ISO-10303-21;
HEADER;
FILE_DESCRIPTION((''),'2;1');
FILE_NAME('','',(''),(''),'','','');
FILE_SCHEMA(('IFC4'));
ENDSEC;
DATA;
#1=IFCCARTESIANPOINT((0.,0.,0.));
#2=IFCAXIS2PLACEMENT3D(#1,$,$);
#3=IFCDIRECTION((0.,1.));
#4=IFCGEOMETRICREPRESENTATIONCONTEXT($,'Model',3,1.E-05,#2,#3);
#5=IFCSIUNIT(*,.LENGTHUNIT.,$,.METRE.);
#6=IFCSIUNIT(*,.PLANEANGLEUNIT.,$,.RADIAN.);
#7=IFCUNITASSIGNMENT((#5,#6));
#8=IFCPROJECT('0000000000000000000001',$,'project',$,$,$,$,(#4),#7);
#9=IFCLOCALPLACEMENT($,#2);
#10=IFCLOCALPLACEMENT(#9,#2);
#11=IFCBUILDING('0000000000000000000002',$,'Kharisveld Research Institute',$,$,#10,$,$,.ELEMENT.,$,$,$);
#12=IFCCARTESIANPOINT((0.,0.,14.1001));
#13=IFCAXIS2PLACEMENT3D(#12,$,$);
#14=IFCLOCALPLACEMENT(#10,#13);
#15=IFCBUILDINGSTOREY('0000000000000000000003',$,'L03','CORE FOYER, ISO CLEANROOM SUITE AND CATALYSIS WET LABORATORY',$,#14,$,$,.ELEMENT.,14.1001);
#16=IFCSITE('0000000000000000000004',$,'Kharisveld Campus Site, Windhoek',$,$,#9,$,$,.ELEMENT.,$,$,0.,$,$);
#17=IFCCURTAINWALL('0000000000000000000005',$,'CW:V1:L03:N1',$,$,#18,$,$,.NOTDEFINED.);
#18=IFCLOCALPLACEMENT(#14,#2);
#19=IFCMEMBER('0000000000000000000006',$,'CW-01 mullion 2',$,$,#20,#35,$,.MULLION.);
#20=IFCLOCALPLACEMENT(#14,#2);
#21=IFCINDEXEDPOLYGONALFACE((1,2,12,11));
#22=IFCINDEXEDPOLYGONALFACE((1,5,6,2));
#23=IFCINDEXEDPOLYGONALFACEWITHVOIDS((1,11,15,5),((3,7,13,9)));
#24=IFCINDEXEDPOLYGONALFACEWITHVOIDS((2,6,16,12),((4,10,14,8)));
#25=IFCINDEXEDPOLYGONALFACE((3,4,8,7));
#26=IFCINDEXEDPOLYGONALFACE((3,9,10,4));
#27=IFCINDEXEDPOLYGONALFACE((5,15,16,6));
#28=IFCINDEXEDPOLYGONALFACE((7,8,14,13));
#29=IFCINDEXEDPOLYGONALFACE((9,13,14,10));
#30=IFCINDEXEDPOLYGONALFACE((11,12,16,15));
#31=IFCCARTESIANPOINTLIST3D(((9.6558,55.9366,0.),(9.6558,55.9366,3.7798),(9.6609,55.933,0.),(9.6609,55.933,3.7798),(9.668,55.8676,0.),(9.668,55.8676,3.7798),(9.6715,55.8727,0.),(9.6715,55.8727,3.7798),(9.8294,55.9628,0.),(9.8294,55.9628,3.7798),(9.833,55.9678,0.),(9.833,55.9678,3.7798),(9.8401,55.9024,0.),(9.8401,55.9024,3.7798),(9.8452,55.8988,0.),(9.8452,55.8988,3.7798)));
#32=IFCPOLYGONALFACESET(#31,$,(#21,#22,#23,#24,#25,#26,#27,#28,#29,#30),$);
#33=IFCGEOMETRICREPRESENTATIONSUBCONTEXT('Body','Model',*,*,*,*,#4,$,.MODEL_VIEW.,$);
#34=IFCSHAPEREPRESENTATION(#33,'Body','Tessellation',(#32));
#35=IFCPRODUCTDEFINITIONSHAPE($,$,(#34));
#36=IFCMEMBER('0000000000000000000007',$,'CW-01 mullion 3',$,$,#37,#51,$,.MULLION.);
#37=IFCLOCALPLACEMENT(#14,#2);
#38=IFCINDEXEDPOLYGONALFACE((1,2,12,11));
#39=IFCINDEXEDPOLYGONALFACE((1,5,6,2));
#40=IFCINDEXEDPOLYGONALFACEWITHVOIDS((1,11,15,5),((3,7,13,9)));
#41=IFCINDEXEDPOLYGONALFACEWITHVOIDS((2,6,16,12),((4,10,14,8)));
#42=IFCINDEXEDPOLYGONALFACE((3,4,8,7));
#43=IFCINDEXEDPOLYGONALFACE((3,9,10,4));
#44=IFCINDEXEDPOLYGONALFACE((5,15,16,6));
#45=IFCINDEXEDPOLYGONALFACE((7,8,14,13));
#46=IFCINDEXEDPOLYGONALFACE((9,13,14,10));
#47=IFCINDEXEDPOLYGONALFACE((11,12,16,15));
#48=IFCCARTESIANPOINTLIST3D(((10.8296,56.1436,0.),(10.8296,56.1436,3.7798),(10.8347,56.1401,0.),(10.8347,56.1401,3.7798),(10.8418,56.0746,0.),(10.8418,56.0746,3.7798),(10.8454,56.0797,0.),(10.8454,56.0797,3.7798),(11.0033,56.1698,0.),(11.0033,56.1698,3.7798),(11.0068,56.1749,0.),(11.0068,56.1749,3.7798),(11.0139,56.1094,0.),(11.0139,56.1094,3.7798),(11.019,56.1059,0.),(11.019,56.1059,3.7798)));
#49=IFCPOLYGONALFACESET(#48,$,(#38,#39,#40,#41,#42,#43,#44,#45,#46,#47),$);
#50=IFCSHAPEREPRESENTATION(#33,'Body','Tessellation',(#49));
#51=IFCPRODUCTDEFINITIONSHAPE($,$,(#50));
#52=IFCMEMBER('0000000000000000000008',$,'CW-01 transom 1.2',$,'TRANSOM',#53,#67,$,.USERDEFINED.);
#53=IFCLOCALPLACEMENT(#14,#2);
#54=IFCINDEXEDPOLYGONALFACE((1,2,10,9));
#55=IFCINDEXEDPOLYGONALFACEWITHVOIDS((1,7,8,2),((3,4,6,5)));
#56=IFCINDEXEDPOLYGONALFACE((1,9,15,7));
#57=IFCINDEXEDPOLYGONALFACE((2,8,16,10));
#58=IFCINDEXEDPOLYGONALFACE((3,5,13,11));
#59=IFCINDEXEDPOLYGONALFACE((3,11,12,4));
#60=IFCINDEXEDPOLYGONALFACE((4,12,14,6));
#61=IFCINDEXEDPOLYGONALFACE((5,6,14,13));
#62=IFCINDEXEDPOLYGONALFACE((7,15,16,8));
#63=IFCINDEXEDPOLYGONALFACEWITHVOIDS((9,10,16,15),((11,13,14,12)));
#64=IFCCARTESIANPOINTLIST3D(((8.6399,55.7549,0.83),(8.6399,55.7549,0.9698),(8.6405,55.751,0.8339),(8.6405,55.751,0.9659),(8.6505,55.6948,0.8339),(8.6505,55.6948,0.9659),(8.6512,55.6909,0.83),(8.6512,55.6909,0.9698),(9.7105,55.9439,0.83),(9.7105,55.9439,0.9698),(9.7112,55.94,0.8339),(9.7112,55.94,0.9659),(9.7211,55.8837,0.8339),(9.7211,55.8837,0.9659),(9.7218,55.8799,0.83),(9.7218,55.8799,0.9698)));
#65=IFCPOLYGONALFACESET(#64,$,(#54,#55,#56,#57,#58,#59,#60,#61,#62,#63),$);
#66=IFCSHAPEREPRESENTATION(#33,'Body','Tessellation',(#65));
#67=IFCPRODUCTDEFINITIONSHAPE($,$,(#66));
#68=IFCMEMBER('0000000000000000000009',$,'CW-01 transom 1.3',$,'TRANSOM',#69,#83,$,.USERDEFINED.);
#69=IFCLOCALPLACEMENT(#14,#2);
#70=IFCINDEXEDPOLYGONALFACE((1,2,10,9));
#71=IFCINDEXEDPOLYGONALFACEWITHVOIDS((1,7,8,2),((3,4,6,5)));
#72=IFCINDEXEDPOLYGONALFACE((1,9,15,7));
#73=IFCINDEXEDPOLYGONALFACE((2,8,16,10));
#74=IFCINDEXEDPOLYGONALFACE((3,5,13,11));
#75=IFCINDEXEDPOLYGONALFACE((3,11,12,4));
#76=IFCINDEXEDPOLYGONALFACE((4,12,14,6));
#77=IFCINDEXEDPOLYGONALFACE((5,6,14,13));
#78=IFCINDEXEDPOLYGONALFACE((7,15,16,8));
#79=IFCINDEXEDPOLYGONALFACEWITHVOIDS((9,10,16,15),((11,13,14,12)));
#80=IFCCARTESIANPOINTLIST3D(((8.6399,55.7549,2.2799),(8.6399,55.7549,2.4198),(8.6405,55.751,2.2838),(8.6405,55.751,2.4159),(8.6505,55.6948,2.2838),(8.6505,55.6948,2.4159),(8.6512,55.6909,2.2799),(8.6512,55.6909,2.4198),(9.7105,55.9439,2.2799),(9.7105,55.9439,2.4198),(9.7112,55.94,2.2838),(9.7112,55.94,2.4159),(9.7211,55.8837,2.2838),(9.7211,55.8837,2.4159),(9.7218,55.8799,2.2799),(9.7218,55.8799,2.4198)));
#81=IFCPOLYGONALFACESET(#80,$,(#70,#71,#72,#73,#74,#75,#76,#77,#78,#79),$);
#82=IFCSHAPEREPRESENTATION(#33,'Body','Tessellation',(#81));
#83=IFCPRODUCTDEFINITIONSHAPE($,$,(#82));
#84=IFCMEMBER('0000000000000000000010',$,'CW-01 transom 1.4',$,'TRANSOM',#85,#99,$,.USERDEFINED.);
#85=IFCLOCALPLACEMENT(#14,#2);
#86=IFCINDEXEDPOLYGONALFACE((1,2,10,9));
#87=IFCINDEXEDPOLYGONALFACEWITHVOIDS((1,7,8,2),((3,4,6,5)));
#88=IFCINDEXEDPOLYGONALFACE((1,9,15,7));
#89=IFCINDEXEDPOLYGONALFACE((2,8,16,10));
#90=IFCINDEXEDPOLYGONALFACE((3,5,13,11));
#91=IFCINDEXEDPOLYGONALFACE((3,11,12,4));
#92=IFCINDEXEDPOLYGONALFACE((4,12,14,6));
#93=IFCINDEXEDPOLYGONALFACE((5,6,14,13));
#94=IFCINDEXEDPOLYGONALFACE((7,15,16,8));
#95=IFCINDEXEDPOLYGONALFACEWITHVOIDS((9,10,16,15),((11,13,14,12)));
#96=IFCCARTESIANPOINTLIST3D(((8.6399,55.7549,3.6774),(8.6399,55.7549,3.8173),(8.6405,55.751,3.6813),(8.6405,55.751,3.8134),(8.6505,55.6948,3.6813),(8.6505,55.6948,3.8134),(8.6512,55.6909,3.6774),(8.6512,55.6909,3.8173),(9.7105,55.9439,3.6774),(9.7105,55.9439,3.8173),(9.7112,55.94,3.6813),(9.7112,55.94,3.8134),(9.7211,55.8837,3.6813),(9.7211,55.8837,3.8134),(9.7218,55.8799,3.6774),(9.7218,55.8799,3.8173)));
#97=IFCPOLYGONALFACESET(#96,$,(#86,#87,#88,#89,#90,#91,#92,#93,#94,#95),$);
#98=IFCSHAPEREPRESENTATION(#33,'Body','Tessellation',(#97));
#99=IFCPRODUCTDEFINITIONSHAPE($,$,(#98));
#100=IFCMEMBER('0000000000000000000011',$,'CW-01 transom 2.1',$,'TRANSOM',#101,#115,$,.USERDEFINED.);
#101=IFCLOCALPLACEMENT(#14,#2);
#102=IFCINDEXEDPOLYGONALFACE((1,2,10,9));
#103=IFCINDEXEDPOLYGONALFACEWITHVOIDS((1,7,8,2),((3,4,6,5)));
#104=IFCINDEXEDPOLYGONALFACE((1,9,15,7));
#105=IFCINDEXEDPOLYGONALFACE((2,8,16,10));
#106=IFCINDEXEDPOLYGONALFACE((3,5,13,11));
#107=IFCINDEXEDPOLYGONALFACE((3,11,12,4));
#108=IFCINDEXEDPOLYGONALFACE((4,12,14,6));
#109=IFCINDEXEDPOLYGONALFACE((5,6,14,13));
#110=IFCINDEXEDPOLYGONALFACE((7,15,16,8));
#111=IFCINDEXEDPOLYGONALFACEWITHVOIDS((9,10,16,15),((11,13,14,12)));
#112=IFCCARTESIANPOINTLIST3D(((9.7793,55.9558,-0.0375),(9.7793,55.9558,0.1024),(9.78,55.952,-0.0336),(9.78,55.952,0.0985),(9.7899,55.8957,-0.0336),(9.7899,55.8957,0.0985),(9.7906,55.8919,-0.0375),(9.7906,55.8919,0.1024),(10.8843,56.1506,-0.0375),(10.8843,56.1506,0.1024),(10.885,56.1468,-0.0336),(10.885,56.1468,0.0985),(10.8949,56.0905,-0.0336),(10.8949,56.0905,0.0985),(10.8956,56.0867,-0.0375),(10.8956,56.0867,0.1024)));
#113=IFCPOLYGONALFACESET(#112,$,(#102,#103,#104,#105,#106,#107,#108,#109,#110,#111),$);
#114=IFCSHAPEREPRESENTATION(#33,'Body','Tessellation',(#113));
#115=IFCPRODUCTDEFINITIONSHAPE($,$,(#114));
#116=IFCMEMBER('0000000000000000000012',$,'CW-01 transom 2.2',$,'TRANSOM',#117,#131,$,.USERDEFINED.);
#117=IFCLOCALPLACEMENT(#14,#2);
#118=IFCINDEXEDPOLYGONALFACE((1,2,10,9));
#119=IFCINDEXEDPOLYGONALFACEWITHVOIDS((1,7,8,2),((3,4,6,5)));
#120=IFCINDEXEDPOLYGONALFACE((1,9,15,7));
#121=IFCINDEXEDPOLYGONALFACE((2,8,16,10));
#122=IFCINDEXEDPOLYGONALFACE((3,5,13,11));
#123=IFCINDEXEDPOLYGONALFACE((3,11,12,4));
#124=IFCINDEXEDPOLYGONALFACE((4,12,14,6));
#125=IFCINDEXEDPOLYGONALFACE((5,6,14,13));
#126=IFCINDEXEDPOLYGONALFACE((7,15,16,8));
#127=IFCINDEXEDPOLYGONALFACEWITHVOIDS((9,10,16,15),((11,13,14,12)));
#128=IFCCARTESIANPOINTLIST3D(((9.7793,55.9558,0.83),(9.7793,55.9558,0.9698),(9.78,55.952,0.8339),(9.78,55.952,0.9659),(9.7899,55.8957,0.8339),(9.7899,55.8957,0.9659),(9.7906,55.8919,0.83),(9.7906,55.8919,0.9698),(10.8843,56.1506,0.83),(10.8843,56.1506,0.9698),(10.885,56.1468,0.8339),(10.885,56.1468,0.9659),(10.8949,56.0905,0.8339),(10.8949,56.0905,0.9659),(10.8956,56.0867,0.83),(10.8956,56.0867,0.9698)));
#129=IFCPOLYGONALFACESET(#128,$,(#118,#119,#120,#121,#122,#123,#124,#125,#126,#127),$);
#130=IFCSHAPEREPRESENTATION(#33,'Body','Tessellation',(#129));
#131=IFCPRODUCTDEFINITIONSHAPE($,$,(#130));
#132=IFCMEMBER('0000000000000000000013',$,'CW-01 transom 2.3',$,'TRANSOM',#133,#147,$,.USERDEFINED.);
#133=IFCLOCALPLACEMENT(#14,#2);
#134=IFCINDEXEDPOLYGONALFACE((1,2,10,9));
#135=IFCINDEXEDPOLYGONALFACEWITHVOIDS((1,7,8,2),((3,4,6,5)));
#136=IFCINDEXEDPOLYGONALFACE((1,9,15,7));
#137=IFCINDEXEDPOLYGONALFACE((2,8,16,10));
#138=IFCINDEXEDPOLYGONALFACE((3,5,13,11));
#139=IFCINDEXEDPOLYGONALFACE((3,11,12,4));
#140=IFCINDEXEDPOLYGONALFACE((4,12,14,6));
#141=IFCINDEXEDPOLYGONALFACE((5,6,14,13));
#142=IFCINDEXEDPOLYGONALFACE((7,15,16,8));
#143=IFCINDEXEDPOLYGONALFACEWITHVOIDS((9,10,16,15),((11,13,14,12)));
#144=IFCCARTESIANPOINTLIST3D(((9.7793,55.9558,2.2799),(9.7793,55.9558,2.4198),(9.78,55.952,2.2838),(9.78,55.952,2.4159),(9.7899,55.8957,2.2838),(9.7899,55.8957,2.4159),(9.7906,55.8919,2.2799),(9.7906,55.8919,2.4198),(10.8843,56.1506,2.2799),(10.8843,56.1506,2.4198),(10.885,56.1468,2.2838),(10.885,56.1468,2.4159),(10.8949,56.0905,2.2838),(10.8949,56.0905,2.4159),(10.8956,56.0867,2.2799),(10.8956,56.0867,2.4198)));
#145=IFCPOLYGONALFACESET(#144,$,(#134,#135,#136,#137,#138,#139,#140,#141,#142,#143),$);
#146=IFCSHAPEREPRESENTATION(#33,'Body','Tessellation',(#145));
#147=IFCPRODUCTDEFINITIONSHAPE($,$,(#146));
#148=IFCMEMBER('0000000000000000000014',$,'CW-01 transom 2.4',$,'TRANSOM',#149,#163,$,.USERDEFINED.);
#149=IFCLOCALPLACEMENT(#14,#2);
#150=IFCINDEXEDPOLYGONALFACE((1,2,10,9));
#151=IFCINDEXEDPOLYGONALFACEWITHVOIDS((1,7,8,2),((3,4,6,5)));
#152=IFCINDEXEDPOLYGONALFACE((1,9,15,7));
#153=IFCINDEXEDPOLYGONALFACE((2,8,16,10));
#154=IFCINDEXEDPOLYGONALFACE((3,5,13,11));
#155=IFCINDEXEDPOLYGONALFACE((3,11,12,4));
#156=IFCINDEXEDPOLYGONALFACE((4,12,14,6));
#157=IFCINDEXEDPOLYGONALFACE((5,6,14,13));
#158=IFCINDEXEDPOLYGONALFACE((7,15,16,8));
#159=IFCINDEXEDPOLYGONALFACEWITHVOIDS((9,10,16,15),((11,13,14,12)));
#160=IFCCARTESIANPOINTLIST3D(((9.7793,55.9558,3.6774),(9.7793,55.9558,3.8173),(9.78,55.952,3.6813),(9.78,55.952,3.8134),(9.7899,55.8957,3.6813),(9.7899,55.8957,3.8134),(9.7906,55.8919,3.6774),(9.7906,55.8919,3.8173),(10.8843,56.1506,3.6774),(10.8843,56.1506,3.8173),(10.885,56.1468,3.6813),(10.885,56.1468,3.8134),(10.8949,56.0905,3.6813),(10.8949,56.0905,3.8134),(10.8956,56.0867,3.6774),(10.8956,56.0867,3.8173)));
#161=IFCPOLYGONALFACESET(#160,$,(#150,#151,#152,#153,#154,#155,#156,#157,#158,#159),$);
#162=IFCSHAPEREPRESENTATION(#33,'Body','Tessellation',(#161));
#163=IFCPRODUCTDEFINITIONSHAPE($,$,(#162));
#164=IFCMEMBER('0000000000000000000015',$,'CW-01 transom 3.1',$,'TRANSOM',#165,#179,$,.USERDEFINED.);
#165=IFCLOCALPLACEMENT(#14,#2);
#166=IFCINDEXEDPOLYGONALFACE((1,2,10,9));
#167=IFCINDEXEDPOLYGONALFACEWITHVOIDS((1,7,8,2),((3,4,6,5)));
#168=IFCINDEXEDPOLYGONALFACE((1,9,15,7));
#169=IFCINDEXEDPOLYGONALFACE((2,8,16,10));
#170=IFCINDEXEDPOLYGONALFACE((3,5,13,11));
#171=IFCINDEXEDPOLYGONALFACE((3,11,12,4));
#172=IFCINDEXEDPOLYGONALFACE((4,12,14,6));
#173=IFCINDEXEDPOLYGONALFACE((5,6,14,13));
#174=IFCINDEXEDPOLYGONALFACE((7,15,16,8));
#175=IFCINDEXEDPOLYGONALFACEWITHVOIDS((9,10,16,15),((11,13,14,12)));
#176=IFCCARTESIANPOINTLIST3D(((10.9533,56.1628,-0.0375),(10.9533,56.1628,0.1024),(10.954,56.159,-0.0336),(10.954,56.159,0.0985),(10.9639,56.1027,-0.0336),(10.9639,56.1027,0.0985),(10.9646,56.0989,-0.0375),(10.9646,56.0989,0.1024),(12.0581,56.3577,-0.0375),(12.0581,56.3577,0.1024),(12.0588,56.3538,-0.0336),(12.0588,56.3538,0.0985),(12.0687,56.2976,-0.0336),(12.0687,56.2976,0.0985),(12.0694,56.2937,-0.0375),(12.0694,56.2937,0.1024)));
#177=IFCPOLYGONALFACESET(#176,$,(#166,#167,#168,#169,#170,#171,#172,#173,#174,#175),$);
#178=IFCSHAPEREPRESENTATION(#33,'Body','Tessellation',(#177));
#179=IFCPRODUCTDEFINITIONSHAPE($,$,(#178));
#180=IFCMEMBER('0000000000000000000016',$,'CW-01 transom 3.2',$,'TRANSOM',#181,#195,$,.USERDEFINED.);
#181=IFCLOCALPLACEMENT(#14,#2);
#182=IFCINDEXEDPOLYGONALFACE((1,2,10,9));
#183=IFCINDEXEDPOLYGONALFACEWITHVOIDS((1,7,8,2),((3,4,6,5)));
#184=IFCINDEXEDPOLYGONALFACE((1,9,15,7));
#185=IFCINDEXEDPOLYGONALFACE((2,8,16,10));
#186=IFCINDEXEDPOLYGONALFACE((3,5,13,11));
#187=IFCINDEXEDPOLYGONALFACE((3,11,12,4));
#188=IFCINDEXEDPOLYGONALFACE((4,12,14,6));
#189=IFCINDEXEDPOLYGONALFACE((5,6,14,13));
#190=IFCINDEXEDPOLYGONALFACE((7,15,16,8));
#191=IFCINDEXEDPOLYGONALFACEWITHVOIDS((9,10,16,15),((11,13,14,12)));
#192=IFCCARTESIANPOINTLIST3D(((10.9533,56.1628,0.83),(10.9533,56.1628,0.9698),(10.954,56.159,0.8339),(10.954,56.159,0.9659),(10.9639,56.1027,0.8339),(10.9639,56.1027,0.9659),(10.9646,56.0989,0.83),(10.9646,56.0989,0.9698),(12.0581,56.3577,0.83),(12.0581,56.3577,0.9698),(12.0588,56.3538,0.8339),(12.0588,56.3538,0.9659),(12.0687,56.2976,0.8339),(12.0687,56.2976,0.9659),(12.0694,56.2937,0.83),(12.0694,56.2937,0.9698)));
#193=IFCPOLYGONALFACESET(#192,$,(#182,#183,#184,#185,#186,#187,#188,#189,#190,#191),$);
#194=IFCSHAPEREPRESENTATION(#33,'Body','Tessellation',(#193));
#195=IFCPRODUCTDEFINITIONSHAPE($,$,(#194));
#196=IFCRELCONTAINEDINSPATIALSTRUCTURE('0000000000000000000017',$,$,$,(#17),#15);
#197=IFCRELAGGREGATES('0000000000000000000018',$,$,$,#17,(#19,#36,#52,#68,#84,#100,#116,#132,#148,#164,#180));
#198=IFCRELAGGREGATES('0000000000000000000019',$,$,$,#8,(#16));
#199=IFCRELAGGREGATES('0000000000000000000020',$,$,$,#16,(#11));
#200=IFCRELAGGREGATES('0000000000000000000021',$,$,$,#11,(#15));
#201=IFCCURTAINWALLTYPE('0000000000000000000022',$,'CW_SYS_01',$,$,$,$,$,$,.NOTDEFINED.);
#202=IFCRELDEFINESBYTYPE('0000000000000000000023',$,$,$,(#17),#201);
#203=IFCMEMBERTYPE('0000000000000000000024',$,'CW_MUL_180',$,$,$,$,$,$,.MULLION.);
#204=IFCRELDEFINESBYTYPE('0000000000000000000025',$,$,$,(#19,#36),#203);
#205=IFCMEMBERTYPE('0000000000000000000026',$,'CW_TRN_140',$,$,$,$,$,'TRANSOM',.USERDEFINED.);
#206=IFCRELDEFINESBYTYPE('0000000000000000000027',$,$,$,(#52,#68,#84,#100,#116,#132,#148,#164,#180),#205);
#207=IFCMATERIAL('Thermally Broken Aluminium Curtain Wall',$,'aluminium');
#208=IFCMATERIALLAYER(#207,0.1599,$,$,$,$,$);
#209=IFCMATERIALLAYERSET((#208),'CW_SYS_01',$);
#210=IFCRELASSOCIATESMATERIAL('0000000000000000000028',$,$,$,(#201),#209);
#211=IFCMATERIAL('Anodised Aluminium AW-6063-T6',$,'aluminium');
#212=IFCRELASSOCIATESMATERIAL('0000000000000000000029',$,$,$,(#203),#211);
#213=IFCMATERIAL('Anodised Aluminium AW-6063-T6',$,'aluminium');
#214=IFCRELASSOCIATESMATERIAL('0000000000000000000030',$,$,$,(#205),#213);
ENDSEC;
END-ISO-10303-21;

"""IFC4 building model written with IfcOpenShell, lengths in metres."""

from ifc_helpers import new_model, si_unit, direction, frame, origin, origin_2d, place, context, subcontext, project, spatial, hollow_rectangle, extrude, material, layer, layer_set, material_profile, profile_set, type_object, element, aggregate, save


model = new_model("IFC4")

# Units and contexts
model_context = context("Model", 3, precision=1e-05, world=origin(), true_north=direction((0.0, 1.0)))
body_context = subcontext(model_context, "Body", "Model", "MODEL_VIEW")
ifc_project = project(units=[si_unit("LENGTHUNIT", "METRE"), si_unit("PLANEANGLEUNIT", "RADIAN")], contexts=[model_context])

# Site, building, storey
site_placement = place(None, origin())
site = spatial("IfcSite", under=ifc_project, at=site_placement, Name="Kharisveld Campus Site, Windhoek", CompositionType="ELEMENT", RefElevation=0.0)
building_placement = place(site_placement, origin())
building = spatial("IfcBuilding", under=site, at=building_placement, Name="Kharisveld Research Institute", CompositionType="ELEMENT")
storey_placement = place(building_placement, frame((0.0, 0.0, 14.1001)))
storey = spatial("IfcBuildingStorey", under=building, at=storey_placement, Name="L03", Description="CORE FOYER, ISO CLEANROOM SUITE AND CATALYSIS WET LABORATORY", CompositionType="ELEMENT", Elevation=14.1001)

# Curtain wall, members
ifc_material_1 = material(Name="Thermally Broken Aluminium Curtain Wall", Category="aluminium")
ifc_layer_1 = layer(ifc_material_1, 0.1599)
ifc_layer_set_1 = layer_set([ifc_layer_1], Name="CW_SYS_01")
curtain_wall_type = type_object("IfcCurtainWallType", Name="CW_SYS_01", PredefinedType="NOTDEFINED", material=ifc_layer_set_1)
curtain_wall_placement = place(storey_placement, origin())
curtain_wall = element("IfcCurtainWall", 1, at=curtain_wall_placement, inside=storey, type_object=curtain_wall_type, Name="CW:V1:L03:N1", PredefinedType="NOTDEFINED")
ifc_material_2 = material(Name="Anodised Aluminium AW-6063-T6", Category="aluminium")
ifc_material_profile_1 = material_profile(ifc_material_2, hollow_rectangle(XDim=0.0701, YDim=0.1799, WallThickness=0.0044, at=origin_2d()))
ifc_profile_set_1 = profile_set([ifc_material_profile_1], Name="Anodised Aluminium AW-6063-T6")
member_type_1 = type_object("IfcMemberType", Name="CW_MUL_180", PredefinedType="MULLION", material=ifc_profile_set_1)
member_1_placement = place(storey_placement, frame((9.7505, 55.9177, 0.0), z_axis=(0.0, 0.0, 1.0), x_axis=(-0.173648, 0.984808, 0.0)))
member_1 = element("IfcMember", 2, at=member_1_placement, type_object=member_type_1, Name="CW-01 mullion 2", PredefinedType="MULLION", context=body_context, shape_type="SweptSolid", body=[
    extrude(hollow_rectangle(XDim=0.0701, YDim=0.1799, WallThickness=0.0044, at=origin_2d()), origin(), (0.0, 0.0, 1.0), 3.7798),
])
member_2_placement = place(storey_placement, frame((10.9243, 56.1248, 0.0), z_axis=(0.0, 0.0, 1.0), x_axis=(-0.173648, 0.984808, 0.0)))
member_2 = element("IfcMember", 3, at=member_2_placement, type_object=member_type_1, Name="CW-01 mullion 3", PredefinedType="MULLION", context=body_context, shape_type="SweptSolid", body=[
    extrude(hollow_rectangle(XDim=0.0701, YDim=0.1799, WallThickness=0.0044, at=origin_2d()), origin(), (0.0, 0.0, 1.0), 3.7798),
])
ifc_material_3 = material(Name="Anodised Aluminium AW-6063-T6", Category="aluminium")
ifc_material_profile_2 = material_profile(ifc_material_3, hollow_rectangle(XDim=0.0649, YDim=0.1399, WallThickness=0.0039, at=origin_2d()))
ifc_profile_set_2 = profile_set([ifc_material_profile_2], Name="Anodised Aluminium AW-6063-T6")
member_type_2 = type_object("IfcMemberType", Name="CW_TRN_140", ElementType="TRANSOM", PredefinedType="USERDEFINED", material=ifc_profile_set_2)
member_3_placement = place(storey_placement, frame((8.6455, 55.7229, 0.8999), z_axis=(0.984777, 0.173824, 0.0), x_axis=(-0.173824, 0.984777, 0.0)))
member_3 = element("IfcMember", 4, at=member_3_placement, type_object=member_type_2, Name="CW-01 transom 1.2", ObjectType="TRANSOM", PredefinedType="USERDEFINED", context=body_context, shape_type="SweptSolid", body=[
    extrude(hollow_rectangle(XDim=0.0649, YDim=0.1399, WallThickness=0.0039, at=origin_2d()), origin(), (0.0, 0.0, 1.0), 1.0872),
])
member_4_placement = place(storey_placement, frame((8.6455, 55.7229, 2.3499), z_axis=(0.984777, 0.173824, 0.0), x_axis=(-0.173824, 0.984777, 0.0)))
member_4 = element("IfcMember", 5, at=member_4_placement, type_object=member_type_2, Name="CW-01 transom 1.3", ObjectType="TRANSOM", PredefinedType="USERDEFINED", context=body_context, shape_type="SweptSolid", body=[
    extrude(hollow_rectangle(XDim=0.0649, YDim=0.1399, WallThickness=0.0039, at=origin_2d()), origin(), (0.0, 0.0, 1.0), 1.0872),
])
member_5_placement = place(storey_placement, frame((8.6455, 55.7229, 3.7473), z_axis=(0.984777, 0.173824, 0.0), x_axis=(-0.173824, 0.984777, 0.0)))
member_5 = element("IfcMember", 6, at=member_5_placement, type_object=member_type_2, Name="CW-01 transom 1.4", ObjectType="TRANSOM", PredefinedType="USERDEFINED", context=body_context, shape_type="SweptSolid", body=[
    extrude(hollow_rectangle(XDim=0.0649, YDim=0.1399, WallThickness=0.0039, at=origin_2d()), origin(), (0.0, 0.0, 1.0), 1.0872),
])
member_6_placement = place(storey_placement, frame((9.7849, 55.9238, 0.0325), z_axis=(0.98481, 0.173636, 0.0), x_axis=(-0.173636, 0.98481, 0.0)))
member_6 = element("IfcMember", 7, at=member_6_placement, type_object=member_type_2, Name="CW-01 transom 2.1", ObjectType="TRANSOM", PredefinedType="USERDEFINED", context=body_context, shape_type="SweptSolid", body=[
    extrude(hollow_rectangle(XDim=0.0649, YDim=0.1399, WallThickness=0.0039, at=origin_2d()), origin(), (0.0, 0.0, 1.0), 1.1221),
])
member_7_placement = place(storey_placement, frame((9.7849, 55.9238, 0.8999), z_axis=(0.98481, 0.173636, 0.0), x_axis=(-0.173636, 0.98481, 0.0)))
member_7 = element("IfcMember", 8, at=member_7_placement, type_object=member_type_2, Name="CW-01 transom 2.2", ObjectType="TRANSOM", PredefinedType="USERDEFINED", context=body_context, shape_type="SweptSolid", body=[
    extrude(hollow_rectangle(XDim=0.0649, YDim=0.1399, WallThickness=0.0039, at=origin_2d()), origin(), (0.0, 0.0, 1.0), 1.1221),
])
member_8_placement = place(storey_placement, frame((9.7849, 55.9238, 2.3499), z_axis=(0.98481, 0.173636, 0.0), x_axis=(-0.173636, 0.98481, 0.0)))
member_8 = element("IfcMember", 9, at=member_8_placement, type_object=member_type_2, Name="CW-01 transom 2.3", ObjectType="TRANSOM", PredefinedType="USERDEFINED", context=body_context, shape_type="SweptSolid", body=[
    extrude(hollow_rectangle(XDim=0.0649, YDim=0.1399, WallThickness=0.0039, at=origin_2d()), origin(), (0.0, 0.0, 1.0), 1.1221),
])
member_9_placement = place(storey_placement, frame((9.7849, 55.9238, 3.7473), z_axis=(0.98481, 0.173636, 0.0), x_axis=(-0.173636, 0.98481, 0.0)))
member_9 = element("IfcMember", 10, at=member_9_placement, type_object=member_type_2, Name="CW-01 transom 2.4", ObjectType="TRANSOM", PredefinedType="USERDEFINED", context=body_context, shape_type="SweptSolid", body=[
    extrude(hollow_rectangle(XDim=0.0649, YDim=0.1399, WallThickness=0.0039, at=origin_2d()), origin(), (0.0, 0.0, 1.0), 1.1221),
])
member_10_placement = place(storey_placement, frame((10.959, 56.1309, 0.0325), z_axis=(0.984803, 0.173674, 0.0), x_axis=(-0.173674, 0.984803, 0.0)))
member_10 = element("IfcMember", 11, at=member_10_placement, type_object=member_type_2, Name="CW-01 transom 3.1", ObjectType="TRANSOM", PredefinedType="USERDEFINED", context=body_context, shape_type="SweptSolid", body=[
    extrude(hollow_rectangle(XDim=0.0649, YDim=0.1399, WallThickness=0.0039, at=origin_2d()), origin(), (0.0, 0.0, 1.0), 1.1218),
])
member_11_placement = place(storey_placement, frame((10.959, 56.1309, 0.8999), z_axis=(0.984803, 0.173674, 0.0), x_axis=(-0.173674, 0.984803, 0.0)))
member_11 = element("IfcMember", 12, at=member_11_placement, type_object=member_type_2, Name="CW-01 transom 3.2", ObjectType="TRANSOM", PredefinedType="USERDEFINED", context=body_context, shape_type="SweptSolid", body=[
    extrude(hollow_rectangle(XDim=0.0649, YDim=0.1399, WallThickness=0.0039, at=origin_2d()), origin(), (0.0, 0.0, 1.0), 1.1218),
])

aggregate(curtain_wall, [member_1, member_2, member_3, member_4, member_5, member_6, member_7, member_8, member_9, member_10, member_11])

save(model, "model.ifc")
